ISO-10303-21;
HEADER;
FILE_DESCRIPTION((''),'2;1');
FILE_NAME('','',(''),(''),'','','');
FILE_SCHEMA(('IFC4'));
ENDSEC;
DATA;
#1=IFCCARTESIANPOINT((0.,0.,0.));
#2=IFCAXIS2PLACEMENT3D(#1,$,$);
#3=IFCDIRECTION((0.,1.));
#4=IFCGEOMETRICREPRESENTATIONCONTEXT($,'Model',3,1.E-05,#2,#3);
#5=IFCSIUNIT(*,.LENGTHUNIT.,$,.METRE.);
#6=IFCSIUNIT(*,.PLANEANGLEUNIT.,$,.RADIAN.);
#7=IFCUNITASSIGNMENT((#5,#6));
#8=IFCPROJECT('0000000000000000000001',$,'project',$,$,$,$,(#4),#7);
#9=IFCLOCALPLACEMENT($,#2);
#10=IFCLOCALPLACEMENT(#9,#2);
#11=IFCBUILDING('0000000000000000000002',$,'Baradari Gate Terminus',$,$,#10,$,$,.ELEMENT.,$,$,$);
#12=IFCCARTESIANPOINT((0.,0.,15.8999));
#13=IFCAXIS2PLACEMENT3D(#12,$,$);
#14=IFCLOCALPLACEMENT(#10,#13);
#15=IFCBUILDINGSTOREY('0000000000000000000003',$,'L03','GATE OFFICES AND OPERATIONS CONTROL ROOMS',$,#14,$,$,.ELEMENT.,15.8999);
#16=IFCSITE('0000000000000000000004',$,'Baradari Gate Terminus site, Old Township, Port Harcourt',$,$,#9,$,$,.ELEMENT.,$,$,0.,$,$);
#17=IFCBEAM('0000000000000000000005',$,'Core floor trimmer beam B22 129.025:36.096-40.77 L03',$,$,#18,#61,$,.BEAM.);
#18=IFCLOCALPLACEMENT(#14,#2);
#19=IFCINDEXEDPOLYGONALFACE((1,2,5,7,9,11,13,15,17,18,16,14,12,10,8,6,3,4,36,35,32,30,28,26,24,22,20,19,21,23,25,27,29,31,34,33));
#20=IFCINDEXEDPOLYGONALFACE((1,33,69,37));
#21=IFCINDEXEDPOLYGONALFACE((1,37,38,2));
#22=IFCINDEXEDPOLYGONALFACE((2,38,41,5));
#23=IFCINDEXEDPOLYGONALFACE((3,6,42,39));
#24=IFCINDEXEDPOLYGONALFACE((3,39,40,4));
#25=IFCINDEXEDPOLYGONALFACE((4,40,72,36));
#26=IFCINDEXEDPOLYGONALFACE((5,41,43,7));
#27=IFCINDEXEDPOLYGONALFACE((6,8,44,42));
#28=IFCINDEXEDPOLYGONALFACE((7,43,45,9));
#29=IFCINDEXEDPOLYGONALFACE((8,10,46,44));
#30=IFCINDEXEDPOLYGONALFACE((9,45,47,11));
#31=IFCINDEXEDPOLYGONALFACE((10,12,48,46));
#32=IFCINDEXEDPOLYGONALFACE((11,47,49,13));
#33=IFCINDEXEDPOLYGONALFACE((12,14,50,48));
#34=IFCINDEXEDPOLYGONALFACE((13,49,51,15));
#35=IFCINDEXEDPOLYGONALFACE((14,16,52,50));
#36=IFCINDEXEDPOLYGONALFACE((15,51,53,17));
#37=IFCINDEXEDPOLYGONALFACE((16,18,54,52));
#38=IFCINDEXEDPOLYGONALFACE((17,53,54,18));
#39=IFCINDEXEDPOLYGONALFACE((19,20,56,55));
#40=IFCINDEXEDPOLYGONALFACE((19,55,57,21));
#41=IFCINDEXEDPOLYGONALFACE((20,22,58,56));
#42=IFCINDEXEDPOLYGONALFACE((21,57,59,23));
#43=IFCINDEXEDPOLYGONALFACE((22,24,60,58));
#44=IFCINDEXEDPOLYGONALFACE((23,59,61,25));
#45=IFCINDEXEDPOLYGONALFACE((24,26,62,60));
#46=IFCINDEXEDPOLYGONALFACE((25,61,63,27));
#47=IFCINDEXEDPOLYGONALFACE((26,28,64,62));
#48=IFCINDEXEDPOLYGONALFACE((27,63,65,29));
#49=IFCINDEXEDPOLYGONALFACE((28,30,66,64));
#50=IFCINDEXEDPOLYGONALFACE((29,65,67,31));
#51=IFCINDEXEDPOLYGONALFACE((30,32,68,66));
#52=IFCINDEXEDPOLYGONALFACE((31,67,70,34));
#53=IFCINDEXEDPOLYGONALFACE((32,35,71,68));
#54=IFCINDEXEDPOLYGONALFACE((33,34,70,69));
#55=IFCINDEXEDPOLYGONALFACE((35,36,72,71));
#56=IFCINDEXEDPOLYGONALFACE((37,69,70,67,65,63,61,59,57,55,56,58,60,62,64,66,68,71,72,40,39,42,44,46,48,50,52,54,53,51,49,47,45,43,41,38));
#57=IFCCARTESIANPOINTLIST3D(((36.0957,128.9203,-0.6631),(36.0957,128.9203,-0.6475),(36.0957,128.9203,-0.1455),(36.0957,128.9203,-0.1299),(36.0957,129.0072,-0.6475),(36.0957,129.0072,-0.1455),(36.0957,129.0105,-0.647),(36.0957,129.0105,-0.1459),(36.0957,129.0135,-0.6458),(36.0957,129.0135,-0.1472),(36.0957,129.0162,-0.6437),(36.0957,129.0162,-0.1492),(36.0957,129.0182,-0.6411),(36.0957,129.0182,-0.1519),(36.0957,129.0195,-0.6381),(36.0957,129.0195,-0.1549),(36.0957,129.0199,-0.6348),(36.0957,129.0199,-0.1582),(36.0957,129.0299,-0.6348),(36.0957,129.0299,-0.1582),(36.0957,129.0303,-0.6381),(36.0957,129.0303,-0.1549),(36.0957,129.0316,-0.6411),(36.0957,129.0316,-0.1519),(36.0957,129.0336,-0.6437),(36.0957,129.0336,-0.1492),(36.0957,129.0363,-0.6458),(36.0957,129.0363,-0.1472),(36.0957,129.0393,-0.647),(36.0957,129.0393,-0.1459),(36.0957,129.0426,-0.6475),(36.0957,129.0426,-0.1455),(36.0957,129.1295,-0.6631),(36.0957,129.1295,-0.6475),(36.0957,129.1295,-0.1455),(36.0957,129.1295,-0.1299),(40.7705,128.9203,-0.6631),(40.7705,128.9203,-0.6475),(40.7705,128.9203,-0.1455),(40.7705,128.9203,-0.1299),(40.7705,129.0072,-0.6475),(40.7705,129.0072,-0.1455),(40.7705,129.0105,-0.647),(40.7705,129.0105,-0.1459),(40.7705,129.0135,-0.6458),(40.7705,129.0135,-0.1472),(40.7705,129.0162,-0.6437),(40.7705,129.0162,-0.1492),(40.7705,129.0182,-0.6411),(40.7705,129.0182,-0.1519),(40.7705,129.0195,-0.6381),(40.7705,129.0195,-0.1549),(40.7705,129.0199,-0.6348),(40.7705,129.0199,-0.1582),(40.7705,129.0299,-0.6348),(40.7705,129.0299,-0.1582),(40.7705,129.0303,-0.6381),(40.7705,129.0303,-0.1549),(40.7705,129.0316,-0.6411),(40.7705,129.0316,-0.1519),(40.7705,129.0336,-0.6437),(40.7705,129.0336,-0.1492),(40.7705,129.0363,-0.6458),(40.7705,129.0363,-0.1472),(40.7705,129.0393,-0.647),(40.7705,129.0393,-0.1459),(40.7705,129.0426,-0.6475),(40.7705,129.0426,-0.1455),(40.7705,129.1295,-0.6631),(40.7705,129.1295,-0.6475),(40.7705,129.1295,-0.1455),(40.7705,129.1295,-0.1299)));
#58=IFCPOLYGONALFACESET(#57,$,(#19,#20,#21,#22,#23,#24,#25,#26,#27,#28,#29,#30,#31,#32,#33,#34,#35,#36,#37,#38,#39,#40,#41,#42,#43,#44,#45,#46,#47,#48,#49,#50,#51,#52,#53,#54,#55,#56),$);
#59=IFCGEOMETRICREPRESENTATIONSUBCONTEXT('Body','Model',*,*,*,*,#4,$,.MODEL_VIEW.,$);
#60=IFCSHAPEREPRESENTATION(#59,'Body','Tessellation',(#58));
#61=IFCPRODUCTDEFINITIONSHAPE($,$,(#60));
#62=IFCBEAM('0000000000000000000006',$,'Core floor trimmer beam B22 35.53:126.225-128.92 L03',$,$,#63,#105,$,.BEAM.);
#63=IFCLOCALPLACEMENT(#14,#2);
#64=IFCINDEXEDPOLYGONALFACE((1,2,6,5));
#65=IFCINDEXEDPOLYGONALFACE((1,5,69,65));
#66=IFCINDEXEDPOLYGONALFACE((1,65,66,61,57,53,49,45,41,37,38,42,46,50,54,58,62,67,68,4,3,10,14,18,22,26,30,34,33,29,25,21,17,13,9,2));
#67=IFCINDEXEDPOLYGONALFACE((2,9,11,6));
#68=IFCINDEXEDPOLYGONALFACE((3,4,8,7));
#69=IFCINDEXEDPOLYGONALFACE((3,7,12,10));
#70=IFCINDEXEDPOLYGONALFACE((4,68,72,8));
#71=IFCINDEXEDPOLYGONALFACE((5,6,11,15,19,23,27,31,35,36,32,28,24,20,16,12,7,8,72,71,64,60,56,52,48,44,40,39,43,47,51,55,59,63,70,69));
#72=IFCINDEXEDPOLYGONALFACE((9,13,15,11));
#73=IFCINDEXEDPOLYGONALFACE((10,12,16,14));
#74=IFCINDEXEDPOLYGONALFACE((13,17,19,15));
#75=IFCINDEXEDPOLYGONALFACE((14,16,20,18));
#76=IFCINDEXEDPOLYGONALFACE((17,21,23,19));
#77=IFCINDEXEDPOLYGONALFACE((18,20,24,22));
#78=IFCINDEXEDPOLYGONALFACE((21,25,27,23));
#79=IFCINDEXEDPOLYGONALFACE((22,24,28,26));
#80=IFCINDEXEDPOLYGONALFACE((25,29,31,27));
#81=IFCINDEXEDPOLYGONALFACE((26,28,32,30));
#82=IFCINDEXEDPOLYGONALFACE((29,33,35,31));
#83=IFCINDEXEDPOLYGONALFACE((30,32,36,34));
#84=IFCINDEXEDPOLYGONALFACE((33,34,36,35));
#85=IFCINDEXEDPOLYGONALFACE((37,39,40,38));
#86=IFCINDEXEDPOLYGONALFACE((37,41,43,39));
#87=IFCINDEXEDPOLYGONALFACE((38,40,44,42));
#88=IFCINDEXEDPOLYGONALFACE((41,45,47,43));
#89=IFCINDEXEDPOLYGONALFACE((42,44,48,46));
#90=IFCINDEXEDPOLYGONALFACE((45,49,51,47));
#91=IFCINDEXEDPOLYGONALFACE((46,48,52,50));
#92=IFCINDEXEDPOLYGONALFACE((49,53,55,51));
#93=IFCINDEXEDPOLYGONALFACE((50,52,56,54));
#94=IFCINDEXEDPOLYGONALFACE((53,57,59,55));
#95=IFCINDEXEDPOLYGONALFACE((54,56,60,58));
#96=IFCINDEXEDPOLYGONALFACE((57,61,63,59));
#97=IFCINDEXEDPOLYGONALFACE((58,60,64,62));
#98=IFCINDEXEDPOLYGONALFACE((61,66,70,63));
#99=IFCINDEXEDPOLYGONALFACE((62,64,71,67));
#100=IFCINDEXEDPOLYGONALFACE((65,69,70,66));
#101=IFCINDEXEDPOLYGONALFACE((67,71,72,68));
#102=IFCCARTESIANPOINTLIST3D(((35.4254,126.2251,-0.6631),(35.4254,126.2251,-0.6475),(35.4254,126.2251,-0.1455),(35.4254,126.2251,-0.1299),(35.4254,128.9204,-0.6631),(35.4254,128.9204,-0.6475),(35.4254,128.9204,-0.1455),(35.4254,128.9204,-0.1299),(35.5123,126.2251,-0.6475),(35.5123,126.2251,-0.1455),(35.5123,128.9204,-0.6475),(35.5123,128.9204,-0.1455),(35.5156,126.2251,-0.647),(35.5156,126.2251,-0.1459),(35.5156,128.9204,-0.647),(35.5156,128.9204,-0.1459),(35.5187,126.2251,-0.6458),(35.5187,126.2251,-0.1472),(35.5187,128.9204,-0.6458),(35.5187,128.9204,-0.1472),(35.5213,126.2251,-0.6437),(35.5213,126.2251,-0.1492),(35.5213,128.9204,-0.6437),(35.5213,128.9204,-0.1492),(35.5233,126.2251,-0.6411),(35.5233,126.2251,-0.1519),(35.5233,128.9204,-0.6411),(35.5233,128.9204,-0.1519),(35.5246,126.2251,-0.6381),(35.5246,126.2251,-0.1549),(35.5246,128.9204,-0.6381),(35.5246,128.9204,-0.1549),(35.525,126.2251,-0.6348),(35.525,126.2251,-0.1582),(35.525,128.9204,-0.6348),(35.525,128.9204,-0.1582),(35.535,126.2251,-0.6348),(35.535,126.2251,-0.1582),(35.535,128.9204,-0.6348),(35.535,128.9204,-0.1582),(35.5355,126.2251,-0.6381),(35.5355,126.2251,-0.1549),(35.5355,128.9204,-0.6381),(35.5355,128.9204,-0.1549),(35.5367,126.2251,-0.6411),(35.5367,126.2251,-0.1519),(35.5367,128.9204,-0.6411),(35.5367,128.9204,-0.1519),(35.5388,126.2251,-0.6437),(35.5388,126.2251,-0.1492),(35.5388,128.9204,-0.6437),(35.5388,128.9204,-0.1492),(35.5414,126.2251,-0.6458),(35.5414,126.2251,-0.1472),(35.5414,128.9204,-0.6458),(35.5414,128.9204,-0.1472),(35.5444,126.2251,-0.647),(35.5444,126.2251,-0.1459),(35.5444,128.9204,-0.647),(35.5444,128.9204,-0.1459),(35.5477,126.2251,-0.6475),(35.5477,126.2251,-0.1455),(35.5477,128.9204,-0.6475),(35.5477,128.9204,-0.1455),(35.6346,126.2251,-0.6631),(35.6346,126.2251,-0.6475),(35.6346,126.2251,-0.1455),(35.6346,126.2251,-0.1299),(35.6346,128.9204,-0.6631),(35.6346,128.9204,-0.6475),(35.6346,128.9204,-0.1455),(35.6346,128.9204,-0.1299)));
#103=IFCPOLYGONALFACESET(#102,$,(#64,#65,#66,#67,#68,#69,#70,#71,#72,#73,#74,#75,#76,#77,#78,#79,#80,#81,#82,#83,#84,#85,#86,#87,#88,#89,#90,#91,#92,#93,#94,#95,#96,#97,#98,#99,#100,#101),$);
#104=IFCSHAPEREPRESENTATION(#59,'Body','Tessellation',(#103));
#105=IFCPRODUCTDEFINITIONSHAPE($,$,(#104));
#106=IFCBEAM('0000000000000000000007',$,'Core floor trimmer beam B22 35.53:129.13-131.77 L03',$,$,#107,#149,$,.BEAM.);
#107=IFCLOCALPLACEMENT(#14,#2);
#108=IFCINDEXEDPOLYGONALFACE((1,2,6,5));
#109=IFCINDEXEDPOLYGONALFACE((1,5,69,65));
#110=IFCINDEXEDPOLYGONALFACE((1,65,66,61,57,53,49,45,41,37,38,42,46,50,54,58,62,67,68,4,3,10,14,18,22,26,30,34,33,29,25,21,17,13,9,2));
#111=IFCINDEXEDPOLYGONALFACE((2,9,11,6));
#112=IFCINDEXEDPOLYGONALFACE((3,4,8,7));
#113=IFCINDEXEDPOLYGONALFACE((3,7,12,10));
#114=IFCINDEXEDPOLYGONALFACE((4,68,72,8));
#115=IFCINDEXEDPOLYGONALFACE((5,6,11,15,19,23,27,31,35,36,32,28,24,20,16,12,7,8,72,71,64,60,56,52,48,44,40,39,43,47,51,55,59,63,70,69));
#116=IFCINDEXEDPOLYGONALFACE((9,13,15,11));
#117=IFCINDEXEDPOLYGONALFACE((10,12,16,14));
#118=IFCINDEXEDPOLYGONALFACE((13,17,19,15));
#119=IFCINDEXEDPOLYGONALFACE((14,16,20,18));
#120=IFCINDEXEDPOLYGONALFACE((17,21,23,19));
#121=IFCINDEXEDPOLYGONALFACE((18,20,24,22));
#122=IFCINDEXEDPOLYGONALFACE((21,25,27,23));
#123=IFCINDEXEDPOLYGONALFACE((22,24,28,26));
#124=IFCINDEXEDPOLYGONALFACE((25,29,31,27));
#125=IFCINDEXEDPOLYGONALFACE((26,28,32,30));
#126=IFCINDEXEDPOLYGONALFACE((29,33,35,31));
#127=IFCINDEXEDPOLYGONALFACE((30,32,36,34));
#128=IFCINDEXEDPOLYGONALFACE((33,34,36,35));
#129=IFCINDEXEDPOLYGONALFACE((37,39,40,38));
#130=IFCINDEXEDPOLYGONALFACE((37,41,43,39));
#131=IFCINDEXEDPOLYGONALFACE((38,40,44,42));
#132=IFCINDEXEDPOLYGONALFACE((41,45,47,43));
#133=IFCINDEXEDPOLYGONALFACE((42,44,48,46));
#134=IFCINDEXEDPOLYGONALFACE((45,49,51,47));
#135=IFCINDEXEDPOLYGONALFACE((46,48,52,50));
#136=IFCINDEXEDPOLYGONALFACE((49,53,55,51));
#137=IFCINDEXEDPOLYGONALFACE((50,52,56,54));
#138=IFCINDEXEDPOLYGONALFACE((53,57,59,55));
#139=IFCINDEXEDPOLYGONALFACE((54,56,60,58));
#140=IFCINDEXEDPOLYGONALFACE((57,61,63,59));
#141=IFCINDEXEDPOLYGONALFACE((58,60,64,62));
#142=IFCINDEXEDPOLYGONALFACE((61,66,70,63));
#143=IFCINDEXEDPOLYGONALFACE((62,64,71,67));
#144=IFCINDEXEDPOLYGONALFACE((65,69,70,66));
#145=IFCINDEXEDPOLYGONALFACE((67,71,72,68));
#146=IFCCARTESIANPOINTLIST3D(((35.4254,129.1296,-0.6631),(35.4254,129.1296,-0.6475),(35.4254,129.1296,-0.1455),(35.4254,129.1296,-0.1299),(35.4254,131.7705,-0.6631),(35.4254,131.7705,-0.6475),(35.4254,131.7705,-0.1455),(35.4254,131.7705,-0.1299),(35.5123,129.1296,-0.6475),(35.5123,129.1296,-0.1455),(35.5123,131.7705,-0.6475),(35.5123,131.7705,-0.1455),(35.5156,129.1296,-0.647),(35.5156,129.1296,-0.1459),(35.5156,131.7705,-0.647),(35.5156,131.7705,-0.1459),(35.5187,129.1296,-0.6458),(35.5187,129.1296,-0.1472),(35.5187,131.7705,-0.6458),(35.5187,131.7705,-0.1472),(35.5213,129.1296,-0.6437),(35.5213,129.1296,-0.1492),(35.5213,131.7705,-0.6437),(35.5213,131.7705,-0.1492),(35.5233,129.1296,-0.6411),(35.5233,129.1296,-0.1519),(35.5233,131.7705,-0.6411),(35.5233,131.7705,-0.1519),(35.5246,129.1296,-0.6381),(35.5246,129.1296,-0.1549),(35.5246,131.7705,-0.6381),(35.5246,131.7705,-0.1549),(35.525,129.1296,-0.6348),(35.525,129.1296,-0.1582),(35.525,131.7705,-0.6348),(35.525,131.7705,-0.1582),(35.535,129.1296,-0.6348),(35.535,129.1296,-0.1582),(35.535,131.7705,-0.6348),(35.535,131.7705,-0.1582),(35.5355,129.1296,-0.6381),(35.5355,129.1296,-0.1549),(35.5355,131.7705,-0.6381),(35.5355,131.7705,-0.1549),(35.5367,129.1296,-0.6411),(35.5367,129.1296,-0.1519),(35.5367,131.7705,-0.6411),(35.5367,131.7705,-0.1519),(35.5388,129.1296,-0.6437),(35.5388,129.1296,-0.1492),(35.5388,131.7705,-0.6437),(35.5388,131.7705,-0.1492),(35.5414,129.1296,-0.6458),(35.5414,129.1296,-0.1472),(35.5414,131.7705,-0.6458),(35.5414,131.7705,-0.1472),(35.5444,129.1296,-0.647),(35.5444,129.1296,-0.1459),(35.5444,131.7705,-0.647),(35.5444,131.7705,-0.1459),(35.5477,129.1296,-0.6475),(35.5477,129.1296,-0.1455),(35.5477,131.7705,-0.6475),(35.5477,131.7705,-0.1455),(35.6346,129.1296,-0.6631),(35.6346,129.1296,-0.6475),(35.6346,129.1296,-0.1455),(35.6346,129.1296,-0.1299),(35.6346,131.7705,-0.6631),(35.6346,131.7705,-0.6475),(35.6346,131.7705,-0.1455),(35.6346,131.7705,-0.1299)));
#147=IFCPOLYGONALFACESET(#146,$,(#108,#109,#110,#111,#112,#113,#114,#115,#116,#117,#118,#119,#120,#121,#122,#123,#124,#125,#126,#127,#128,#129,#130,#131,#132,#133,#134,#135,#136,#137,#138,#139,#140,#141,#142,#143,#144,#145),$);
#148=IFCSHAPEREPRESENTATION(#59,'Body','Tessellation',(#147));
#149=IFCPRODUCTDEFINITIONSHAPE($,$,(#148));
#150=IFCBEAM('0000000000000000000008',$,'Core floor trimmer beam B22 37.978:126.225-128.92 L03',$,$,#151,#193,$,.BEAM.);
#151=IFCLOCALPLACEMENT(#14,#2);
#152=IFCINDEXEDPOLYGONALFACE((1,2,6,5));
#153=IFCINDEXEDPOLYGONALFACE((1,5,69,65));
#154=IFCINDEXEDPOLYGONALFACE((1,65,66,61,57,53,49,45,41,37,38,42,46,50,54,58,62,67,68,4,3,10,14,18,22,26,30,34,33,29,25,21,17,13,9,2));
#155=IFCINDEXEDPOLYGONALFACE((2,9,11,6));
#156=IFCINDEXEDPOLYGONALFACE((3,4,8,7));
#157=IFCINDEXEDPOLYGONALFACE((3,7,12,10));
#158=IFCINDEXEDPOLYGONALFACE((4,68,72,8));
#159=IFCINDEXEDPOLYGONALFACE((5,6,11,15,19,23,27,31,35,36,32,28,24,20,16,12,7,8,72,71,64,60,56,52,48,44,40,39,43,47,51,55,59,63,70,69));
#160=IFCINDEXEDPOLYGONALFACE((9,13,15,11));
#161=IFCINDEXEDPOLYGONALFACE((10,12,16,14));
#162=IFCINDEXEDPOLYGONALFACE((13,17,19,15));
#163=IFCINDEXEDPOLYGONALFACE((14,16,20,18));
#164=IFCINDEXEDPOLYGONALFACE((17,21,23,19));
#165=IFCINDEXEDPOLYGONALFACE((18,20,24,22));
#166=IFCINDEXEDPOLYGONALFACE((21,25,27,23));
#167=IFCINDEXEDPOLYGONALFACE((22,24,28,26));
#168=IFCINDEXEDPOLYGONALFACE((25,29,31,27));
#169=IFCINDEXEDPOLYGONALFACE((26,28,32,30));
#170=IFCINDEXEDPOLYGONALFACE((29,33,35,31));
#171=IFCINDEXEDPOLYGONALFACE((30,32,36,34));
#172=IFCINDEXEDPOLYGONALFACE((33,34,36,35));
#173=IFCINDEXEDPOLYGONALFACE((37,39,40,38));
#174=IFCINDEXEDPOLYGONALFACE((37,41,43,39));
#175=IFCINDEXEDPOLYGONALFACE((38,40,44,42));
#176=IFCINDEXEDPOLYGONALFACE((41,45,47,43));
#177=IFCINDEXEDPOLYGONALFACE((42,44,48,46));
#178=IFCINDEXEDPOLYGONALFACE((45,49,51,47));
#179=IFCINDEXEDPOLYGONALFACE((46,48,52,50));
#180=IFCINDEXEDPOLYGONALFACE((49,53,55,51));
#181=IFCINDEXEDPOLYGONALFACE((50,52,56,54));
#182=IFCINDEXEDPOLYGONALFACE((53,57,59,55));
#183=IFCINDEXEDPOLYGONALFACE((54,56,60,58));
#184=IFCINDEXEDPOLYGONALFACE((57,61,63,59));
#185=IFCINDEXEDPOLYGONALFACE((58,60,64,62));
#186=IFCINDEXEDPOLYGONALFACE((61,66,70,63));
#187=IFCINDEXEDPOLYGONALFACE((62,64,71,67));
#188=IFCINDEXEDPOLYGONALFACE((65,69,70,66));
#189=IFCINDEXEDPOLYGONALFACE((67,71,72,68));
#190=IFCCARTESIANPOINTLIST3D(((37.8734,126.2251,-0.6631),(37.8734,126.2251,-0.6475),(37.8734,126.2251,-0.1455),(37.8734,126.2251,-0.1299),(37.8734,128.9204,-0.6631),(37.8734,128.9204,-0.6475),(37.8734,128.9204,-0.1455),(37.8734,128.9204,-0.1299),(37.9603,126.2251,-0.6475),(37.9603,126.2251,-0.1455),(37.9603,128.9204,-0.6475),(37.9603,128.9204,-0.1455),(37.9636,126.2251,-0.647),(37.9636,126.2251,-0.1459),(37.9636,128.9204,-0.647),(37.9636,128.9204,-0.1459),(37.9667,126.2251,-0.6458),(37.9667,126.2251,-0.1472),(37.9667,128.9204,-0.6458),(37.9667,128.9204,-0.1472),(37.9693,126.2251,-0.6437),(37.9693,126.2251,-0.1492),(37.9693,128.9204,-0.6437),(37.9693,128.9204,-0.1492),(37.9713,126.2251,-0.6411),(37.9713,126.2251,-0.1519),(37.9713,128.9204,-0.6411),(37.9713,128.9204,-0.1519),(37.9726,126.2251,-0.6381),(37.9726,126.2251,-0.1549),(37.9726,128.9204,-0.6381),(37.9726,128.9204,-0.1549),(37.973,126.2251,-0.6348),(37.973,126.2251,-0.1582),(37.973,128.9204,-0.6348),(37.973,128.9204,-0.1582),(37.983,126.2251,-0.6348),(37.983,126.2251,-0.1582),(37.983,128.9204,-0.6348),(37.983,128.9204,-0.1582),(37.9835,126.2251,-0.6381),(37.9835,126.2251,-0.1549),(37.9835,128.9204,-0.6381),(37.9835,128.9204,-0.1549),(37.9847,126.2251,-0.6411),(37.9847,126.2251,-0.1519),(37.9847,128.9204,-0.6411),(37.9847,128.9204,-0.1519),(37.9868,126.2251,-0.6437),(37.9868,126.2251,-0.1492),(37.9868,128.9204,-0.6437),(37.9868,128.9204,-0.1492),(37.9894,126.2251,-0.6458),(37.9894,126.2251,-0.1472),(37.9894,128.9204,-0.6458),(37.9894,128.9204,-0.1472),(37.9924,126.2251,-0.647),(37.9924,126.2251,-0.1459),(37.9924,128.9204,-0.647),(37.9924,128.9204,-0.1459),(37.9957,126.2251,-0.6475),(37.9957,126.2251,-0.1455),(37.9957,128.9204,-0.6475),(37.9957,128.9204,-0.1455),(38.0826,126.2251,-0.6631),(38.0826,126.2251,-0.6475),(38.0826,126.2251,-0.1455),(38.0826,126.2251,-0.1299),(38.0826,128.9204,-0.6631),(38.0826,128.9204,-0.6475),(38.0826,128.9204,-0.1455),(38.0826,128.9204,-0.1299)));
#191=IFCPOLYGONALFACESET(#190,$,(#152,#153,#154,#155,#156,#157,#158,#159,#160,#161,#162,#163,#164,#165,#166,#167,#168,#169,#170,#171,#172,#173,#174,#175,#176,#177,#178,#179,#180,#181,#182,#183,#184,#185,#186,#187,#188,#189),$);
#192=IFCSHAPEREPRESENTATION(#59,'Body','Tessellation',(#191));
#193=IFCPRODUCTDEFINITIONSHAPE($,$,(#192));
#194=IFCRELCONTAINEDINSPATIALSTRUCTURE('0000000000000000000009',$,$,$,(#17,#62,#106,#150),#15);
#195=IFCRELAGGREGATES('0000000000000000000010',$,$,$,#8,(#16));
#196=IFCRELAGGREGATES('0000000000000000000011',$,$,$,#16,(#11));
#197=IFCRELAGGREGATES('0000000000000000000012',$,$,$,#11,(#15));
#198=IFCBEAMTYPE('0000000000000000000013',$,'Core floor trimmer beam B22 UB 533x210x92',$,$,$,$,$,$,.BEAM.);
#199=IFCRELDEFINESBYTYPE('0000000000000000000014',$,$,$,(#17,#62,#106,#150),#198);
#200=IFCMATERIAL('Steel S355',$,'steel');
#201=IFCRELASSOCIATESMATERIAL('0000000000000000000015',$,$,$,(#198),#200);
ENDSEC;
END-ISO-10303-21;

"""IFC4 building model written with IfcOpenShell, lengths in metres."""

from ifc_helpers import new_model, si_unit, direction, frame, origin, origin_2d, place, context, subcontext, project, spatial, i_section, extrude, material, material_profile, profile_set, type_object, element, save


model = new_model("IFC4")

# Units and contexts
model_context = context("Model", 3, precision=1e-05, world=origin(), true_north=direction((0.0, 1.0)))
body_context = subcontext(model_context, "Body", "Model", "MODEL_VIEW")
ifc_project = project(units=[si_unit("LENGTHUNIT", "METRE"), si_unit("PLANEANGLEUNIT", "RADIAN")], contexts=[model_context])

# Site, building, storey
site_placement = place(None, origin())
site = spatial("IfcSite", under=ifc_project, at=site_placement, Name="Baradari Gate Terminus site, Old Township, Port Harcourt", CompositionType="ELEMENT", RefElevation=0.0)
building_placement = place(site_placement, origin())
building = spatial("IfcBuilding", under=site, at=building_placement, Name="Baradari Gate Terminus", CompositionType="ELEMENT")
storey_placement = place(building_placement, frame((0.0, 0.0, 15.8999)))
storey = spatial("IfcBuildingStorey", under=building, at=storey_placement, Name="L03", Description="GATE OFFICES AND OPERATIONS CONTROL ROOMS", CompositionType="ELEMENT", Elevation=15.8999)

# Beams
ifc_material_1 = material(Name="Steel S355", Category="steel")
ifc_material_profile_1 = material_profile(ifc_material_1, i_section(OverallWidth=0.2092, OverallDepth=0.5332, WebThickness=0.01, FlangeThickness=0.0156, FilletRadius=0.0127, at=origin_2d()), Name="UB 533x210x92")
ifc_profile_set_1 = profile_set([ifc_material_profile_1], Name="Steel S355")
beam_type_1 = type_object("IfcBeamType", Name="Core floor trimmer beam B22 UB 533x210x92", PredefinedType="BEAM", material=ifc_profile_set_1)
beam_1_placement = place(storey_placement, frame((36.0957, 129.0249, -0.3965), z_axis=(1.0, 0.0, 0.0), x_axis=(0.0, 1.0, 0.0)))
element("IfcBeam", 1, at=beam_1_placement, inside=storey, type_object=beam_type_1, Name="Core floor trimmer beam B22 129.025:36.096-40.77 L03", PredefinedType="BEAM", context=body_context, shape_type="SweptSolid", body=[
    extrude(i_section(OverallWidth=0.2092, OverallDepth=0.5332, WebThickness=0.01, FlangeThickness=0.0156, FilletRadius=0.0127, at=origin_2d()), origin(), (0.0, 0.0, 1.0), 4.6748),
])
beam_2_placement = place(storey_placement, frame((35.53, 126.2251, -0.3965), z_axis=(0.0, 1.0, 0.0), x_axis=(-1.0, 0.0, 0.0)))
element("IfcBeam", 2, at=beam_2_placement, inside=storey, type_object=beam_type_1, Name="Core floor trimmer beam B22 35.53:126.225-128.92 L03", PredefinedType="BEAM", context=body_context, shape_type="SweptSolid", body=[
    extrude(i_section(OverallWidth=0.2092, OverallDepth=0.5332, WebThickness=0.01, FlangeThickness=0.0156, FilletRadius=0.0127, at=origin_2d()), origin(), (0.0, 0.0, 1.0), 2.6953),
])
beam_3_placement = place(storey_placement, frame((35.53, 129.1296, -0.3965), z_axis=(0.0, 1.0, 0.0), x_axis=(-1.0, 0.0, 0.0)))
element("IfcBeam", 3, at=beam_3_placement, inside=storey, type_object=beam_type_1, Name="Core floor trimmer beam B22 35.53:129.13-131.77 L03", PredefinedType="BEAM", context=body_context, shape_type="SweptSolid", body=[
    extrude(i_section(OverallWidth=0.2092, OverallDepth=0.5332, WebThickness=0.01, FlangeThickness=0.0156, FilletRadius=0.0127, at=origin_2d()), origin(), (0.0, 0.0, 1.0), 2.6409),
])
beam_4_placement = place(storey_placement, frame((37.978, 126.2251, -0.3965), z_axis=(0.0, 1.0, 0.0), x_axis=(-1.0, 0.0, 0.0)))
element("IfcBeam", 4, at=beam_4_placement, inside=storey, type_object=beam_type_1, Name="Core floor trimmer beam B22 37.978:126.225-128.92 L03", PredefinedType="BEAM", context=body_context, shape_type="SweptSolid", body=[
    extrude(i_section(OverallWidth=0.2092, OverallDepth=0.5332, WebThickness=0.01, FlangeThickness=0.0156, FilletRadius=0.0127, at=origin_2d()), origin(), (0.0, 0.0, 1.0), 2.6953),
])

save(model, "model.ifc")
